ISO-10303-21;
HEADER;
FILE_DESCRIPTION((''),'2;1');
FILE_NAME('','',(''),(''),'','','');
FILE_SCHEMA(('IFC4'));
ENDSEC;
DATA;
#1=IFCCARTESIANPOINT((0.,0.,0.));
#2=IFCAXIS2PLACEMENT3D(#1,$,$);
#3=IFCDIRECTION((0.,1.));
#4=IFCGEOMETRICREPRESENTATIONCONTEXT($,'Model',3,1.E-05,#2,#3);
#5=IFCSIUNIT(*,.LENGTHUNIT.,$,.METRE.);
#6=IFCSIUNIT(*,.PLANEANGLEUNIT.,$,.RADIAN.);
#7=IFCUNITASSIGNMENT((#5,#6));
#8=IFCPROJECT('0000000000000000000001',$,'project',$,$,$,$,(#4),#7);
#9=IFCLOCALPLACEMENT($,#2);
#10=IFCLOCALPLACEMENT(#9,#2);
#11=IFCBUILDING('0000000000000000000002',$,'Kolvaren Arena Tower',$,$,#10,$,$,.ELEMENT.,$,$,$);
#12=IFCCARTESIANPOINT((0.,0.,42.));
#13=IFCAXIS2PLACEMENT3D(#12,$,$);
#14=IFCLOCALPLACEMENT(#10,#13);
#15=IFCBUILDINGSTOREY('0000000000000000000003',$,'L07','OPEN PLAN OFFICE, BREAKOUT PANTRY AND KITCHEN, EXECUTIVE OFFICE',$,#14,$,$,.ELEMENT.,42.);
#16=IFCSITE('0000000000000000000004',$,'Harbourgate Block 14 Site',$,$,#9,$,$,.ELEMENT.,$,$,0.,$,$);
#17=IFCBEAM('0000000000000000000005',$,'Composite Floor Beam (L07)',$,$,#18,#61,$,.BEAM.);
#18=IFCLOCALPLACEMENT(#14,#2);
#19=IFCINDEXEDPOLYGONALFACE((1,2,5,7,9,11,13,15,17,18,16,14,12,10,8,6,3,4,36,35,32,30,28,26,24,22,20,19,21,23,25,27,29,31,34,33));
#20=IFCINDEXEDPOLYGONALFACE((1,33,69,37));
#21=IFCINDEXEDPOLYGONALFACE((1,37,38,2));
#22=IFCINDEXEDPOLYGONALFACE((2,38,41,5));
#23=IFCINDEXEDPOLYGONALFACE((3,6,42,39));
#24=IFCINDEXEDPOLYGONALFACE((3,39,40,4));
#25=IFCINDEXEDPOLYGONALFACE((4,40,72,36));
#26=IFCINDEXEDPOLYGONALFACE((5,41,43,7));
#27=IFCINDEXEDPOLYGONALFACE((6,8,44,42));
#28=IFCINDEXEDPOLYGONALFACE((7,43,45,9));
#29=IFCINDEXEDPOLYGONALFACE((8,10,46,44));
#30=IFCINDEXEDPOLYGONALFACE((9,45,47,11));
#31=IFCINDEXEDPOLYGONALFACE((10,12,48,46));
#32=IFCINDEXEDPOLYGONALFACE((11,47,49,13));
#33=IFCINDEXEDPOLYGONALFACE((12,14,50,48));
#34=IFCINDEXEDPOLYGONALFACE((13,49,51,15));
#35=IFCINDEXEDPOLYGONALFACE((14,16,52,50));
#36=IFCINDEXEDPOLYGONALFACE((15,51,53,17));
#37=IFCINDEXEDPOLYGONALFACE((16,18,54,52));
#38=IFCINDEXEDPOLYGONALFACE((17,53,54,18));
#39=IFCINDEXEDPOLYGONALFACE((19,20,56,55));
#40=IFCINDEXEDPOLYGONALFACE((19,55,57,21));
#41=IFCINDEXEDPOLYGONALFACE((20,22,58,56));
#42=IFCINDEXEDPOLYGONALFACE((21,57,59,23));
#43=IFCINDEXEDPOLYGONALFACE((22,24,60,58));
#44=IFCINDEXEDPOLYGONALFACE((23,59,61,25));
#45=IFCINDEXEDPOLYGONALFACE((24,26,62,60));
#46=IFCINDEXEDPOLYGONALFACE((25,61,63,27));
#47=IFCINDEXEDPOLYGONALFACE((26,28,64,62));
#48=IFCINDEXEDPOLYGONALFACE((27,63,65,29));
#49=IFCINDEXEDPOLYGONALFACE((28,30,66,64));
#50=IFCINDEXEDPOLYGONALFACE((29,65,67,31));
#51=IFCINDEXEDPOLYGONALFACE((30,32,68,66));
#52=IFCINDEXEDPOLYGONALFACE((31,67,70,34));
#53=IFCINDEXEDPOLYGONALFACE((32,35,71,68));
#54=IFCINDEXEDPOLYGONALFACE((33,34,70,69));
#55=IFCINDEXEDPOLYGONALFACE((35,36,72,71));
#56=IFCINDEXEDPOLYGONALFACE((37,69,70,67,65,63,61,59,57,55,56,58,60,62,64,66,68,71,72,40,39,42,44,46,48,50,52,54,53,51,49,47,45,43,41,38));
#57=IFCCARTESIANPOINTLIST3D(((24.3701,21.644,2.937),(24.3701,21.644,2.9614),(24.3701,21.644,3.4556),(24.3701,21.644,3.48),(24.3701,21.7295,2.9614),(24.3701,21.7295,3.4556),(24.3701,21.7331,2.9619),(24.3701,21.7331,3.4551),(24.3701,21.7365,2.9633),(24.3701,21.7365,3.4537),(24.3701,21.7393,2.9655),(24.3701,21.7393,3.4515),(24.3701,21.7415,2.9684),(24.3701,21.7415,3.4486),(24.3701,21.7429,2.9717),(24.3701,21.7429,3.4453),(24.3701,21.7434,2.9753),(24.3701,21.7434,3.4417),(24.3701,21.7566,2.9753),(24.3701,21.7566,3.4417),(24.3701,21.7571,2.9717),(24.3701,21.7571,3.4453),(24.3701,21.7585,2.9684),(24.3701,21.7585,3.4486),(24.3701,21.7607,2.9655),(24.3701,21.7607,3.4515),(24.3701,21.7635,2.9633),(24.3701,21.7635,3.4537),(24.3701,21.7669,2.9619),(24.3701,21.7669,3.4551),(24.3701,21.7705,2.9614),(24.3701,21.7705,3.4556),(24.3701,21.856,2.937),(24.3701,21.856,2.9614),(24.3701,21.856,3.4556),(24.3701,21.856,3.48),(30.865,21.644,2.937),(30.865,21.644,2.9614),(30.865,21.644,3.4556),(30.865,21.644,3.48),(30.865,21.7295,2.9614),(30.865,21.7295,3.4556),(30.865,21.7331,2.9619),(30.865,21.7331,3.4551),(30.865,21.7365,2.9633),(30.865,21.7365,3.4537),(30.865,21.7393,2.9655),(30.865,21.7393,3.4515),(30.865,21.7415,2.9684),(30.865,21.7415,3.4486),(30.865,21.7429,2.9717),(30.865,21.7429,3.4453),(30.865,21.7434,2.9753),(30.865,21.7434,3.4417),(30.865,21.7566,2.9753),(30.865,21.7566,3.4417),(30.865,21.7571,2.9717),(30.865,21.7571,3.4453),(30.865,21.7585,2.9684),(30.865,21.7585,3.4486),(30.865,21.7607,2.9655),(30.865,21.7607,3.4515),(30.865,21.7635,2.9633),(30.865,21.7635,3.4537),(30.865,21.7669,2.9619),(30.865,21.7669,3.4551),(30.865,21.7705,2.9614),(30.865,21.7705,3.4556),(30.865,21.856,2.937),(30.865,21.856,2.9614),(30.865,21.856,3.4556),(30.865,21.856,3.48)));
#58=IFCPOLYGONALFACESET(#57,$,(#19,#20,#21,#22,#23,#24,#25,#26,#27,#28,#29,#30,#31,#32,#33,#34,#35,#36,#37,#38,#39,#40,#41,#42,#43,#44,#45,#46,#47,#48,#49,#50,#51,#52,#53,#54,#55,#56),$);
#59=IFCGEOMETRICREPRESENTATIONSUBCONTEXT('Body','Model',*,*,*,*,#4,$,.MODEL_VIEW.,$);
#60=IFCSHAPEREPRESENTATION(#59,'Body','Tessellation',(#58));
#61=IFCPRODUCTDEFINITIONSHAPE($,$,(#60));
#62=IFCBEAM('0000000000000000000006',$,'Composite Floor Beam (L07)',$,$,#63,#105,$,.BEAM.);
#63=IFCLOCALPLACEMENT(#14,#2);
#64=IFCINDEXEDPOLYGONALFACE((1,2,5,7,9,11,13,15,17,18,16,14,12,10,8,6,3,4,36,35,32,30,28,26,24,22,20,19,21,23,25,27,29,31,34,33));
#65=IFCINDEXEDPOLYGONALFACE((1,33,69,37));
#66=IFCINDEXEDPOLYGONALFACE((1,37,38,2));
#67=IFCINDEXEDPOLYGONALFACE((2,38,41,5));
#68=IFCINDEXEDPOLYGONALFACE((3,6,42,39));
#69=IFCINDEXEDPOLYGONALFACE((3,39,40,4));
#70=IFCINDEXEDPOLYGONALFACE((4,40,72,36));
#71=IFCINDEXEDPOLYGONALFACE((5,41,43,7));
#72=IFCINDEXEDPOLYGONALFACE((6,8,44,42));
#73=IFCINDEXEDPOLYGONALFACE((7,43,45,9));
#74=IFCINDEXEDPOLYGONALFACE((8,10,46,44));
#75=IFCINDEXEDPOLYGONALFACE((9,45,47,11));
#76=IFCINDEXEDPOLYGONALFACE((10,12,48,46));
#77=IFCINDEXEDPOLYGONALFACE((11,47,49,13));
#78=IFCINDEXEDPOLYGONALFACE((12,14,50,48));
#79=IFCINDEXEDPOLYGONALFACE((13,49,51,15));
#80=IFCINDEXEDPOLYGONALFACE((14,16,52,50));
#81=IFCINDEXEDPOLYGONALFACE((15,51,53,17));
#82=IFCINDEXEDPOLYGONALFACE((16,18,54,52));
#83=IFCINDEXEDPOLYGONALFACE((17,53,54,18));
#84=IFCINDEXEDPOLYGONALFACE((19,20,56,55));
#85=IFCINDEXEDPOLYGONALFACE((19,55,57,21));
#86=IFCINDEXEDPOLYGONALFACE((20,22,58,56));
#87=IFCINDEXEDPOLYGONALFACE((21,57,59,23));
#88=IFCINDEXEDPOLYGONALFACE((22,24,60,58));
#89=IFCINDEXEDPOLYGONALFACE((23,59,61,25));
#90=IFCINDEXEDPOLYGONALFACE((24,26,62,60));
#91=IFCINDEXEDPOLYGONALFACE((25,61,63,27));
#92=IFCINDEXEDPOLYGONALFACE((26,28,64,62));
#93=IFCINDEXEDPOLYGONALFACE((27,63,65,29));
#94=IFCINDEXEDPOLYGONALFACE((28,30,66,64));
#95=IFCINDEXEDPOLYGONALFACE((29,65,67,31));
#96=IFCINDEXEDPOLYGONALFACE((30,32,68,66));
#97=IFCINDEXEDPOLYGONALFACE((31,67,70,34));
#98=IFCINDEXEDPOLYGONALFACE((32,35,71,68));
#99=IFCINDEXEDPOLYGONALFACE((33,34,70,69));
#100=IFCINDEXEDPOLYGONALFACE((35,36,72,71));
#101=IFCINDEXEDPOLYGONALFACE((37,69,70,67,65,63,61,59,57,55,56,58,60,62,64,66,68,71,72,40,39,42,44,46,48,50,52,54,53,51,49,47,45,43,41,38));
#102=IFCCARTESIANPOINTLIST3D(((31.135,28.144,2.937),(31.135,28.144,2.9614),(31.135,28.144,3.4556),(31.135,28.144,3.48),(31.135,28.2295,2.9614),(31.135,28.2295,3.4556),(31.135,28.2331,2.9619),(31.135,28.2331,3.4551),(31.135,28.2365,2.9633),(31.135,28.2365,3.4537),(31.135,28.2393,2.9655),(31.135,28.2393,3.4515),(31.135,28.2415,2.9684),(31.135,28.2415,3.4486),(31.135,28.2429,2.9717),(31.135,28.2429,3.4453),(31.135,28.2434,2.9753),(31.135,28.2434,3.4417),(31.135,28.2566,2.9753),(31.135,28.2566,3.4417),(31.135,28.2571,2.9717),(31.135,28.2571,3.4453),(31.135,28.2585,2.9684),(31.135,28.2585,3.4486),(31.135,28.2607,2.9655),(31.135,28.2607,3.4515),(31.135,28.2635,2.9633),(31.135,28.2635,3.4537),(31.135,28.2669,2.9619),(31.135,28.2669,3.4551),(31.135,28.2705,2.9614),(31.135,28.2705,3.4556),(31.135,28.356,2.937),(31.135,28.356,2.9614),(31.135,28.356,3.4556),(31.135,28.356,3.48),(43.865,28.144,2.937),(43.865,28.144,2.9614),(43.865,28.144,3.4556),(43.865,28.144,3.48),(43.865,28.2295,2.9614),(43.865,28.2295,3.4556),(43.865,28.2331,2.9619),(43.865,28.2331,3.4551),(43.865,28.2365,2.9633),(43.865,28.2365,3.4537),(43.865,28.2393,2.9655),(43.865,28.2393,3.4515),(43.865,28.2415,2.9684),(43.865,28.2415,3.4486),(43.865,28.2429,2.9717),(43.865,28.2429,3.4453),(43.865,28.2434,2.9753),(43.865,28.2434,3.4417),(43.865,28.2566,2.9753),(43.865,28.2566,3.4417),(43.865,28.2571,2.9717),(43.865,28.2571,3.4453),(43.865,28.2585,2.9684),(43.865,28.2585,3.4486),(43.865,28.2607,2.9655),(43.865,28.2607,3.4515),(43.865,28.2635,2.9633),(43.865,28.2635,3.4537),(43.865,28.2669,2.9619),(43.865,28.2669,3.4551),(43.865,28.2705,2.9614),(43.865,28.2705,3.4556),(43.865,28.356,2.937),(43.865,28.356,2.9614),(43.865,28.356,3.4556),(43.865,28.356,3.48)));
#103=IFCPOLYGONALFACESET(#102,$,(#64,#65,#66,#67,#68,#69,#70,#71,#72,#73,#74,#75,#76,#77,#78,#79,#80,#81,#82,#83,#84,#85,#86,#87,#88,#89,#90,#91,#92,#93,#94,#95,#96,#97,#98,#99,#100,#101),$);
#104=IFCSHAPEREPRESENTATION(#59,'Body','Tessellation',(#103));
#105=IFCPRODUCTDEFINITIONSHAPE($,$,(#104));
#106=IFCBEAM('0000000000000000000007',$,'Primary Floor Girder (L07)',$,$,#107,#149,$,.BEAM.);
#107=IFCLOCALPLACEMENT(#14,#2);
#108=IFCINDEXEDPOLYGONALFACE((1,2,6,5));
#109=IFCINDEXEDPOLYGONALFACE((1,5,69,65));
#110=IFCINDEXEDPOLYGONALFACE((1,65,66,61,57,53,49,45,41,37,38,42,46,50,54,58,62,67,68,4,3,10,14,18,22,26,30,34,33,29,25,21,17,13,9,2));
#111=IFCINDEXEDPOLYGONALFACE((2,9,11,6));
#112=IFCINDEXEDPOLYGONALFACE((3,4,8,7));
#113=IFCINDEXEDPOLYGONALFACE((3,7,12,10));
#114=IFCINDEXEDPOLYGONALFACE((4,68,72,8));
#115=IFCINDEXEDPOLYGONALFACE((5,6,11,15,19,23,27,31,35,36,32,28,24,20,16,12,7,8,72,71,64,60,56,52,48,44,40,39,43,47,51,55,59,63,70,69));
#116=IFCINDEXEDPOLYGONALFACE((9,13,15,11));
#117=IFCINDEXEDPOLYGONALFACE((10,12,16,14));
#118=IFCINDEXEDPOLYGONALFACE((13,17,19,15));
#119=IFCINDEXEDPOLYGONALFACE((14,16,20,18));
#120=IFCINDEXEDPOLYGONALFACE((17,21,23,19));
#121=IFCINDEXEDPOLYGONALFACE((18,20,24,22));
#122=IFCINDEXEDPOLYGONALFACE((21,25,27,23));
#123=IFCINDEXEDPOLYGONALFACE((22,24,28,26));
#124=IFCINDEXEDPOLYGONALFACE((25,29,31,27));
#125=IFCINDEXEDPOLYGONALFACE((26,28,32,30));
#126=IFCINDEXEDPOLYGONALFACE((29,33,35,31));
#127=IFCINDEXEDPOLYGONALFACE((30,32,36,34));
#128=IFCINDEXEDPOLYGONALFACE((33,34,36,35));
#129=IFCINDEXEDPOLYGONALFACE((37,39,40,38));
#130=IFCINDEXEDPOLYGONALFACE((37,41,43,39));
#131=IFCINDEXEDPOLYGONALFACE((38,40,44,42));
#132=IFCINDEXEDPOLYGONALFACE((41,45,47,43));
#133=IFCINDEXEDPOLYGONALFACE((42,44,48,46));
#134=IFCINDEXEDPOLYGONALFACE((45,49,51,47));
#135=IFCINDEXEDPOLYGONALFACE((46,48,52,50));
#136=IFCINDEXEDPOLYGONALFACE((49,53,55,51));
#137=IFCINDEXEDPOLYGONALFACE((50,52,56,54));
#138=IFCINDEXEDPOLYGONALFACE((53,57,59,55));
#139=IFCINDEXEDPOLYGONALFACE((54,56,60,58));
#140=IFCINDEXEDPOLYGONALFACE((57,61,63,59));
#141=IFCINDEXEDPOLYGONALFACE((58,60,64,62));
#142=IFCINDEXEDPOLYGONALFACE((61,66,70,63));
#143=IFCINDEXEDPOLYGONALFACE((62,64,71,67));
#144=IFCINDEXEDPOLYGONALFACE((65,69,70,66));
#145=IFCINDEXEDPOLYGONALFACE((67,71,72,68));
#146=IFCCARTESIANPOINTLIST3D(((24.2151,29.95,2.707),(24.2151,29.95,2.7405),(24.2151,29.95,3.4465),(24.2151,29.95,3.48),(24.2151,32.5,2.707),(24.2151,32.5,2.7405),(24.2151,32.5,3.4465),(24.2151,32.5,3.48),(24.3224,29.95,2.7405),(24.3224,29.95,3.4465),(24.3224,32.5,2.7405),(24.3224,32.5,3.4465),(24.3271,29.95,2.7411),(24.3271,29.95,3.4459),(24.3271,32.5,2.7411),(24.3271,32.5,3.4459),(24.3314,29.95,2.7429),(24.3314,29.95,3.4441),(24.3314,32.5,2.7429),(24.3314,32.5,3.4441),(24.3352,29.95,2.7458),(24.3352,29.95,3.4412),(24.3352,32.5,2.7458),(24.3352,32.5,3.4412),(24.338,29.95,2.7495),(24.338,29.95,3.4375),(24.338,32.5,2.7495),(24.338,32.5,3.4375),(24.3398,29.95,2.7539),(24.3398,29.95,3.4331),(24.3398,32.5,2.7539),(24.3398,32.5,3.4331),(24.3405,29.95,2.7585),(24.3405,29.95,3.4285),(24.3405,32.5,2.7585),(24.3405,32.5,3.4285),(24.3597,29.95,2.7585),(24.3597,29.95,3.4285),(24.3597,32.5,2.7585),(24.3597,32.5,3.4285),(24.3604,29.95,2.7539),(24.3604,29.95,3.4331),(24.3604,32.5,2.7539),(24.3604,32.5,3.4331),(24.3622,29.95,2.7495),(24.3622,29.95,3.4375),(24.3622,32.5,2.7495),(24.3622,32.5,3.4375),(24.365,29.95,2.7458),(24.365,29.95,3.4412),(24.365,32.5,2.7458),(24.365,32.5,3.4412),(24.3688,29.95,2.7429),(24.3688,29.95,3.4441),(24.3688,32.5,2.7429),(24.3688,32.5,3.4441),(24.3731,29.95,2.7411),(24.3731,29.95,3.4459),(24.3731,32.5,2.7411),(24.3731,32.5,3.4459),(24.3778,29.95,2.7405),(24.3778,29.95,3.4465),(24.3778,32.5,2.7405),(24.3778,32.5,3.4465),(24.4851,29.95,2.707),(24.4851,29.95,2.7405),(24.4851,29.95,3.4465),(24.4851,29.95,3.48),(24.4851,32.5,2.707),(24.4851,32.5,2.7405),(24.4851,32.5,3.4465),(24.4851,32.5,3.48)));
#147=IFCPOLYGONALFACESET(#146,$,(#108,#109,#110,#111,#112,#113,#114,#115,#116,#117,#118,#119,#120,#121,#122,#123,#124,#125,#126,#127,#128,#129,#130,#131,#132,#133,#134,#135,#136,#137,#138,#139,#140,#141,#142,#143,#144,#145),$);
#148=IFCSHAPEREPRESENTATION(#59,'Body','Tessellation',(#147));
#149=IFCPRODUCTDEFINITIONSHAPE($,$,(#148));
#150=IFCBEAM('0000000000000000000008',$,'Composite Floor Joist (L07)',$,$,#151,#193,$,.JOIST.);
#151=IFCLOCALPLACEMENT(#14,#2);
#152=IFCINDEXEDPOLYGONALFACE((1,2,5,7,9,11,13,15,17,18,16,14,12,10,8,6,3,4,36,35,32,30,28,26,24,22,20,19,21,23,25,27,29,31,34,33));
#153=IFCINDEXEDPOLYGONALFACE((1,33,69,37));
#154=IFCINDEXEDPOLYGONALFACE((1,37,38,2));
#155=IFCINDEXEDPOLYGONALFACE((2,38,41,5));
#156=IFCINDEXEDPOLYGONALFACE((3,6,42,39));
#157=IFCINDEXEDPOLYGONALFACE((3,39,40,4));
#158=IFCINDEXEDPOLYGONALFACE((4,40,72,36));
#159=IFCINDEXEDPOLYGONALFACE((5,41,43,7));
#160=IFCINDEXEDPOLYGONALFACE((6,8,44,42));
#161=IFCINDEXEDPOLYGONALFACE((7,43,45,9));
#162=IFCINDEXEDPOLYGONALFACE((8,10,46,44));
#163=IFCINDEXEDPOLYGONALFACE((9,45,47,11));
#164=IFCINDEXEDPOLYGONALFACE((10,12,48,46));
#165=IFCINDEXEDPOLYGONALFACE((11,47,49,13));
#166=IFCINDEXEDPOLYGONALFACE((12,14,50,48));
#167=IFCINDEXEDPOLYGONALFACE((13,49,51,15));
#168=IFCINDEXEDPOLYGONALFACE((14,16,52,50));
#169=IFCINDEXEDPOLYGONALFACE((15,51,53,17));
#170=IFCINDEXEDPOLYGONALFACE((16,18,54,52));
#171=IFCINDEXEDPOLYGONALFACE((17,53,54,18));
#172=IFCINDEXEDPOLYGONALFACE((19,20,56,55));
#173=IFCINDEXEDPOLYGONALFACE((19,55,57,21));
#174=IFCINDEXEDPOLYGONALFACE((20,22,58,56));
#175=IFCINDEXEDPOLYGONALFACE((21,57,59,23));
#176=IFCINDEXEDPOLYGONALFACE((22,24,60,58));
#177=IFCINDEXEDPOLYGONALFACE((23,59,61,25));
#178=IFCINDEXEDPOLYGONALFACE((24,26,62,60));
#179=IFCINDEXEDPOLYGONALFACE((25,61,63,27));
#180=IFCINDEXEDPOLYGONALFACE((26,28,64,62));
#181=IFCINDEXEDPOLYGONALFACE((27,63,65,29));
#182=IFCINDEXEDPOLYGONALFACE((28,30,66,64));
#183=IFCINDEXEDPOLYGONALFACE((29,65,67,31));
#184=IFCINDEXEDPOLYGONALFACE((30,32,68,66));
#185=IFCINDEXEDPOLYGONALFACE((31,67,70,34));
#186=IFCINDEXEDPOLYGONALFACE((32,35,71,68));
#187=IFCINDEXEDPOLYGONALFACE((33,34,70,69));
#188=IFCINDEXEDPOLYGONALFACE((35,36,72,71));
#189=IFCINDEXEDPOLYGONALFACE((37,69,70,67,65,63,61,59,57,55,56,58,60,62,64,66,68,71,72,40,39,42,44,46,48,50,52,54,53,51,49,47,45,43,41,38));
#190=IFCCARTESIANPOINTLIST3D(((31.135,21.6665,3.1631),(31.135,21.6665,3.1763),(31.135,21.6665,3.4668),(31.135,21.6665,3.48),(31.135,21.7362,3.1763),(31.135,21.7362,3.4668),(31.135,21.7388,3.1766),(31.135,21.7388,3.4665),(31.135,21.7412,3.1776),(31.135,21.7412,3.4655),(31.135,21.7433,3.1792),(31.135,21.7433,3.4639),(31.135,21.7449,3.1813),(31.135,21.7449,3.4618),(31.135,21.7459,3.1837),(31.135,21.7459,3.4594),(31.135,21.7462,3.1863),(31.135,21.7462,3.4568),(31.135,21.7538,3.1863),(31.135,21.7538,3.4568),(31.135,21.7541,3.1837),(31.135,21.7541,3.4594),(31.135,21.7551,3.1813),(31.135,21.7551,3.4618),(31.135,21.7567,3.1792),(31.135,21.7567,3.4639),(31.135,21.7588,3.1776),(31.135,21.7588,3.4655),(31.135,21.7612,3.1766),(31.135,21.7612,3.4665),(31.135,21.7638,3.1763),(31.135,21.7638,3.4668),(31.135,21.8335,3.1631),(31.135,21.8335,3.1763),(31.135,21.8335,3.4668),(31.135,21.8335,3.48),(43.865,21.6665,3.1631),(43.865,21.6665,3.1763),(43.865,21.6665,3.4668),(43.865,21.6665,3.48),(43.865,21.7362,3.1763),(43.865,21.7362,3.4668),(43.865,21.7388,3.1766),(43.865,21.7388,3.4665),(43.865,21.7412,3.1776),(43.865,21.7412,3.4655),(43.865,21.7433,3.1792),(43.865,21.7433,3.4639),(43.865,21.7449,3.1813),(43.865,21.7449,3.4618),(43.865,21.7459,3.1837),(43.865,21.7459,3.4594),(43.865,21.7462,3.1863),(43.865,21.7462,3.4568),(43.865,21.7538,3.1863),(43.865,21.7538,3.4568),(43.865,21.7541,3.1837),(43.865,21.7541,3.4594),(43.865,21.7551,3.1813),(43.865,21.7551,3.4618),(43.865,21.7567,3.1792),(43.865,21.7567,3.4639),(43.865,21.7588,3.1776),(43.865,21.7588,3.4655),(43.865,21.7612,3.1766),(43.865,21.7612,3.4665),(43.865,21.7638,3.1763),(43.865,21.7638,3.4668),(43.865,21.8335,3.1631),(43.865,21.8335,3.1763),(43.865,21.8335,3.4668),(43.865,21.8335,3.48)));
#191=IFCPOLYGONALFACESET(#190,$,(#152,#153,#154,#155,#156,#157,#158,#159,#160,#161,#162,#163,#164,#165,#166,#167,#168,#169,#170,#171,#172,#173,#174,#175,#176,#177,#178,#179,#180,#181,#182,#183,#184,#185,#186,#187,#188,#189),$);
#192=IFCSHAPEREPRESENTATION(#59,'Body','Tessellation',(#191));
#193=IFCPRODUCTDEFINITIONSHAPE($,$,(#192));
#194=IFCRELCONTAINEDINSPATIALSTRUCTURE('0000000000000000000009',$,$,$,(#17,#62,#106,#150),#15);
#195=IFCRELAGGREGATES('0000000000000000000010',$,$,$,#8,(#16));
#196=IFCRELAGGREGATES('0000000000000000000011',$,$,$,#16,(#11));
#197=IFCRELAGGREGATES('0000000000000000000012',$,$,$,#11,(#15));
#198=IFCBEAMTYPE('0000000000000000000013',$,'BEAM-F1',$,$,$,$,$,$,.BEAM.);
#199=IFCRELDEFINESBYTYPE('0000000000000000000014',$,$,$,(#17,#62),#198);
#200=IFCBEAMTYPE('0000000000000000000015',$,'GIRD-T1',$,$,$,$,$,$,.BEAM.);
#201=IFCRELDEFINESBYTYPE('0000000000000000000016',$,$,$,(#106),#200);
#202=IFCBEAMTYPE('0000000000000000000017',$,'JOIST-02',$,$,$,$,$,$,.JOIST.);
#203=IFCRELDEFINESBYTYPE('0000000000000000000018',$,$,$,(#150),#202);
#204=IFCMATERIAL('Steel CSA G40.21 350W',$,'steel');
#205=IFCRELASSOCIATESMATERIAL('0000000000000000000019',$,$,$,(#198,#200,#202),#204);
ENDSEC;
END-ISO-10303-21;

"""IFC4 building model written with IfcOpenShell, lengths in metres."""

from ifc_helpers import new_model, si_unit, direction, frame, origin, origin_2d, place, context, subcontext, project, spatial, i_section, extrude, material, material_profile, profile_set, type_object, element, save


model = new_model("IFC4")

# Units and contexts
model_context = context("Model", 3, precision=1e-05, world=origin(), true_north=direction((0.0, 1.0)))
body_context = subcontext(model_context, "Body", "Model", "MODEL_VIEW")
ifc_project = project(units=[si_unit("LENGTHUNIT", "METRE"), si_unit("PLANEANGLEUNIT", "RADIAN")], contexts=[model_context])

# Site, building, storey
site_placement = place(None, origin())
site = spatial("IfcSite", under=ifc_project, at=site_placement, Name="Harbourgate Block 14 Site", CompositionType="ELEMENT", RefElevation=0.0)
building_placement = place(site_placement, origin())
building = spatial("IfcBuilding", under=site, at=building_placement, Name="Kolvaren Arena Tower", CompositionType="ELEMENT")
storey_placement = place(building_placement, frame((0.0, 0.0, 42.0)))
storey = spatial("IfcBuildingStorey", under=building, at=storey_placement, Name="L07", Description="OPEN PLAN OFFICE, BREAKOUT PANTRY AND KITCHEN, EXECUTIVE OFFICE", CompositionType="ELEMENT", Elevation=42.0)

# Beams
ifc_material_1 = material(Name="Steel CSA G40.21 350W", Category="steel")
ifc_material_profile_1 = material_profile(ifc_material_1, i_section(OverallWidth=0.2119, OverallDepth=0.543, WebThickness=0.0132, FlangeThickness=0.0244, FilletRadius=0.0139, at=origin_2d()), Name="W530x150")
ifc_profile_set_1 = profile_set([ifc_material_profile_1], Name="Steel CSA G40.21 350W")
beam_type_1 = type_object("IfcBeamType", Name="BEAM-F1", PredefinedType="BEAM", material=ifc_profile_set_1)
beam_1_placement = place(storey_placement, frame((24.3701, 21.75, 3.2085), z_axis=(1.0, 0.0, 0.0), x_axis=(0.0, 1.0, 0.0)))
element("IfcBeam", 1, at=beam_1_placement, inside=storey, type_object=beam_type_1, Name="Composite Floor Beam (L07)", PredefinedType="BEAM", context=body_context, shape_type="SweptSolid", body=[
    extrude(i_section(OverallWidth=0.2119, OverallDepth=0.543, WebThickness=0.0132, FlangeThickness=0.0244, FilletRadius=0.0139, at=origin_2d()), origin(), (0.0, 0.0, 1.0), 6.4949),
])
beam_2_placement = place(storey_placement, frame((31.135, 28.25, 3.2085), z_axis=(1.0, 0.0, 0.0), x_axis=(0.0, 1.0, 0.0)))
element("IfcBeam", 2, at=beam_2_placement, inside=storey, type_object=beam_type_1, Name="Composite Floor Beam (L07)", PredefinedType="BEAM", context=body_context, shape_type="SweptSolid", body=[
    extrude(i_section(OverallWidth=0.2119, OverallDepth=0.543, WebThickness=0.0132, FlangeThickness=0.0244, FilletRadius=0.0139, at=origin_2d()), origin(), (0.0, 0.0, 1.0), 12.73),
])
ifc_material_profile_2 = material_profile(ifc_material_1, i_section(OverallWidth=0.27, OverallDepth=0.7729, WebThickness=0.0193, FlangeThickness=0.0334, FilletRadius=0.0181, at=origin_2d()), Name="W760x257")
ifc_profile_set_2 = profile_set([ifc_material_profile_2], Name="Steel CSA G40.21 350W")
beam_type_2 = type_object("IfcBeamType", Name="GIRD-T1", PredefinedType="BEAM", material=ifc_profile_set_2)
beam_3_placement = place(storey_placement, frame((24.3501, 29.95, 3.0935), z_axis=(0.0, 1.0, 0.0), x_axis=(-1.0, 0.0, 0.0)))
element("IfcBeam", 3, at=beam_3_placement, inside=storey, type_object=beam_type_2, Name="Primary Floor Girder (L07)", PredefinedType="BEAM", context=body_context, shape_type="SweptSolid", body=[
    extrude(i_section(OverallWidth=0.27, OverallDepth=0.7729, WebThickness=0.0193, FlangeThickness=0.0334, FilletRadius=0.0181, at=origin_2d()), origin(), (0.0, 0.0, 1.0), 2.55),
])
ifc_material_profile_3 = material_profile(ifc_material_1, i_section(OverallWidth=0.167, OverallDepth=0.3169, WebThickness=0.0076, FlangeThickness=0.0132, FilletRadius=0.01, at=origin_2d()), Name="W310x52")
ifc_profile_set_3 = profile_set([ifc_material_profile_3], Name="Steel CSA G40.21 350W")
beam_type_3 = type_object("IfcBeamType", Name="JOIST-02", PredefinedType="JOIST", material=ifc_profile_set_3)
for number, where, z_axis, x_axis, name in (
    (4, (31.135, 21.75, 3.3215), (1.0, 0.0, 0.0), (0.0, 1.0, 0.0), "Composite Floor Joist (L07)"),
):
    element("IfcBeam", number, at=place(storey_placement, frame(where, z_axis=z_axis, x_axis=x_axis)), inside=storey, type_object=beam_type_3, Name=name, PredefinedType="JOIST", context=body_context, shape_type="SweptSolid", body=[
        extrude(i_section(OverallWidth=0.167, OverallDepth=0.3169, WebThickness=0.0076, FlangeThickness=0.0132, FilletRadius=0.01, at=origin_2d()), origin(), (0.0, 0.0, 1.0), 12.73),
    ])

save(model, "model.ifc")
